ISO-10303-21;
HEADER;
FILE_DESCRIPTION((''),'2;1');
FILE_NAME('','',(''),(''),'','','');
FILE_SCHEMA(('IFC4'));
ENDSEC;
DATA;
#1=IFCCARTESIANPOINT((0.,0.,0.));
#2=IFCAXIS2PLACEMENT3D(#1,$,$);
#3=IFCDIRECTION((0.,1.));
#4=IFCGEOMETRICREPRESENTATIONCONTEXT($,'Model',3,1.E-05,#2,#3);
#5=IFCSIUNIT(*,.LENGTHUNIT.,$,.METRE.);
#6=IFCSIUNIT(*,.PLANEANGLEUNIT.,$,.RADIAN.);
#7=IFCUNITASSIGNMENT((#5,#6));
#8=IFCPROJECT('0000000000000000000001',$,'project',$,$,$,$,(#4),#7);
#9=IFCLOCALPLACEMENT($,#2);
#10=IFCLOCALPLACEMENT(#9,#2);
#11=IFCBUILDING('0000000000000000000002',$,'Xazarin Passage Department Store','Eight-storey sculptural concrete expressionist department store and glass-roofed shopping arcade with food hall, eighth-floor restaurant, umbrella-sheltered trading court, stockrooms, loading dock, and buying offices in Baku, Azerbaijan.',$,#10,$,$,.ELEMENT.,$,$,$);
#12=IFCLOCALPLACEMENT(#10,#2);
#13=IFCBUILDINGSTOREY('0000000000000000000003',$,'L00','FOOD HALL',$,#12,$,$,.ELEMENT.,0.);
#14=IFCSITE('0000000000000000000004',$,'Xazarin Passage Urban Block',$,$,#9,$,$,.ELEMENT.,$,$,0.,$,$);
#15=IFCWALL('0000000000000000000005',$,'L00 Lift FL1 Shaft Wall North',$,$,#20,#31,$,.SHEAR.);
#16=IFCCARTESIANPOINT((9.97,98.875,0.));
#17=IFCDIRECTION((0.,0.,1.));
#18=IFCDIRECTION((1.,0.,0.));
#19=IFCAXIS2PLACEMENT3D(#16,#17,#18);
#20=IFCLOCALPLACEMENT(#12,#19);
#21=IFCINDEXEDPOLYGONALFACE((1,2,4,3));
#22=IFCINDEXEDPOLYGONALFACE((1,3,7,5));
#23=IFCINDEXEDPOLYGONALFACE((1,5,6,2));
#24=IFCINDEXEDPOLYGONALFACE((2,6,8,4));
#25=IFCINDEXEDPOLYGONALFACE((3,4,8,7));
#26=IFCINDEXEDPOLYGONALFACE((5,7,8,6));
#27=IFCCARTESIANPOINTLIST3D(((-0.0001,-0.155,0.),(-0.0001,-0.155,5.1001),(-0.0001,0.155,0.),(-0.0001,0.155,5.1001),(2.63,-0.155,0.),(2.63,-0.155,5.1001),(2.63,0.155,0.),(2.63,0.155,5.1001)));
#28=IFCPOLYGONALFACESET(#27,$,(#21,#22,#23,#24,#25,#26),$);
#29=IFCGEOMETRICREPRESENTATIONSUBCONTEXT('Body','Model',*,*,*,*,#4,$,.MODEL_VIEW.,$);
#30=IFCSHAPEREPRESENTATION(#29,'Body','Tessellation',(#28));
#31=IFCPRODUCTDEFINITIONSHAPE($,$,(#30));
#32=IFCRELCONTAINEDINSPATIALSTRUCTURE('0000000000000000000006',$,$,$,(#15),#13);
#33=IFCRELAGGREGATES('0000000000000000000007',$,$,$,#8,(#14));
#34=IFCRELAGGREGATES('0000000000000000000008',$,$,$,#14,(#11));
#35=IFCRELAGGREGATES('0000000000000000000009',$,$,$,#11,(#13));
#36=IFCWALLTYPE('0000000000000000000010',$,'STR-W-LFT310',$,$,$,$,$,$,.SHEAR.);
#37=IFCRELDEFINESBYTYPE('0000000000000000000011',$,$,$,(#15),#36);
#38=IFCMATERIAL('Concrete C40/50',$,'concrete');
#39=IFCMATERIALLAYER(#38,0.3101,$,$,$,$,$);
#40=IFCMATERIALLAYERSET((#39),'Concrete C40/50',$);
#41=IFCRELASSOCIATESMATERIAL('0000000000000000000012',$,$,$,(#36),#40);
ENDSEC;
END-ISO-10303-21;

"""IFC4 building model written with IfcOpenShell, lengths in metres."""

from ifc_helpers import new_model, si_unit, direction, frame, frame_2d, origin, place, context, subcontext, project, spatial, rectangle, extrude, material, layer, layer_set, type_object, element, save


model = new_model("IFC4")

# Units and contexts
model_context = context("Model", 3, precision=1e-05, world=origin(), true_north=direction((0.0, 1.0)))
body_context = subcontext(model_context, "Body", "Model", "MODEL_VIEW")
ifc_project = project(units=[si_unit("LENGTHUNIT", "METRE"), si_unit("PLANEANGLEUNIT", "RADIAN")], contexts=[model_context])

# Site, building, storey
site_placement = place(None, origin())
site = spatial("IfcSite", under=ifc_project, at=site_placement, Name="Xazarin Passage Urban Block", CompositionType="ELEMENT", RefElevation=0.0)
building_placement = place(site_placement, origin())
building = spatial("IfcBuilding", under=site, at=building_placement, Name="Xazarin Passage Department Store", Description="Eight-storey sculptural concrete expressionist department store and glass-roofed shopping arcade with food hall, eighth-floor restaurant, umbrella-sheltered trading court, stockrooms, loading dock, and buying offices in Baku, Azerbaijan.", CompositionType="ELEMENT")
storey_placement = place(building_placement, origin())
storey = spatial("IfcBuildingStorey", under=building, at=storey_placement, Name="L00", Description="FOOD HALL", CompositionType="ELEMENT", Elevation=0.0)

# Shared definitions
ifc_material_1 = material(Name="Concrete C40/50", Category="concrete")

# Shared definitions
ifc_layer_1 = layer(ifc_material_1, 0.3101)
ifc_layer_set_1 = layer_set([ifc_layer_1], Name="Concrete C40/50")
wall_type_1 = type_object("IfcWallType", Name="STR-W-LFT310", PredefinedType="SHEAR", material=ifc_layer_set_1)

# Wall
wall_1_placement = place(storey_placement, frame((9.97, 98.875, 0.0), z_axis=(0.0, 0.0, 1.0), x_axis=(1.0, 0.0, 0.0)))
element("IfcWall", 1, at=wall_1_placement, inside=storey, type_object=wall_type_1, Name="L00 Lift FL1 Shaft Wall North", PredefinedType="SHEAR", context=body_context, shape_type="SweptSolid", body=[
    extrude(rectangle(XDim=2.6301, YDim=0.3101, at=frame_2d((1.3149, 0.0))), origin(), (0.0, 0.0, 1.0), 5.1001),
])

save(model, "model.ifc")
